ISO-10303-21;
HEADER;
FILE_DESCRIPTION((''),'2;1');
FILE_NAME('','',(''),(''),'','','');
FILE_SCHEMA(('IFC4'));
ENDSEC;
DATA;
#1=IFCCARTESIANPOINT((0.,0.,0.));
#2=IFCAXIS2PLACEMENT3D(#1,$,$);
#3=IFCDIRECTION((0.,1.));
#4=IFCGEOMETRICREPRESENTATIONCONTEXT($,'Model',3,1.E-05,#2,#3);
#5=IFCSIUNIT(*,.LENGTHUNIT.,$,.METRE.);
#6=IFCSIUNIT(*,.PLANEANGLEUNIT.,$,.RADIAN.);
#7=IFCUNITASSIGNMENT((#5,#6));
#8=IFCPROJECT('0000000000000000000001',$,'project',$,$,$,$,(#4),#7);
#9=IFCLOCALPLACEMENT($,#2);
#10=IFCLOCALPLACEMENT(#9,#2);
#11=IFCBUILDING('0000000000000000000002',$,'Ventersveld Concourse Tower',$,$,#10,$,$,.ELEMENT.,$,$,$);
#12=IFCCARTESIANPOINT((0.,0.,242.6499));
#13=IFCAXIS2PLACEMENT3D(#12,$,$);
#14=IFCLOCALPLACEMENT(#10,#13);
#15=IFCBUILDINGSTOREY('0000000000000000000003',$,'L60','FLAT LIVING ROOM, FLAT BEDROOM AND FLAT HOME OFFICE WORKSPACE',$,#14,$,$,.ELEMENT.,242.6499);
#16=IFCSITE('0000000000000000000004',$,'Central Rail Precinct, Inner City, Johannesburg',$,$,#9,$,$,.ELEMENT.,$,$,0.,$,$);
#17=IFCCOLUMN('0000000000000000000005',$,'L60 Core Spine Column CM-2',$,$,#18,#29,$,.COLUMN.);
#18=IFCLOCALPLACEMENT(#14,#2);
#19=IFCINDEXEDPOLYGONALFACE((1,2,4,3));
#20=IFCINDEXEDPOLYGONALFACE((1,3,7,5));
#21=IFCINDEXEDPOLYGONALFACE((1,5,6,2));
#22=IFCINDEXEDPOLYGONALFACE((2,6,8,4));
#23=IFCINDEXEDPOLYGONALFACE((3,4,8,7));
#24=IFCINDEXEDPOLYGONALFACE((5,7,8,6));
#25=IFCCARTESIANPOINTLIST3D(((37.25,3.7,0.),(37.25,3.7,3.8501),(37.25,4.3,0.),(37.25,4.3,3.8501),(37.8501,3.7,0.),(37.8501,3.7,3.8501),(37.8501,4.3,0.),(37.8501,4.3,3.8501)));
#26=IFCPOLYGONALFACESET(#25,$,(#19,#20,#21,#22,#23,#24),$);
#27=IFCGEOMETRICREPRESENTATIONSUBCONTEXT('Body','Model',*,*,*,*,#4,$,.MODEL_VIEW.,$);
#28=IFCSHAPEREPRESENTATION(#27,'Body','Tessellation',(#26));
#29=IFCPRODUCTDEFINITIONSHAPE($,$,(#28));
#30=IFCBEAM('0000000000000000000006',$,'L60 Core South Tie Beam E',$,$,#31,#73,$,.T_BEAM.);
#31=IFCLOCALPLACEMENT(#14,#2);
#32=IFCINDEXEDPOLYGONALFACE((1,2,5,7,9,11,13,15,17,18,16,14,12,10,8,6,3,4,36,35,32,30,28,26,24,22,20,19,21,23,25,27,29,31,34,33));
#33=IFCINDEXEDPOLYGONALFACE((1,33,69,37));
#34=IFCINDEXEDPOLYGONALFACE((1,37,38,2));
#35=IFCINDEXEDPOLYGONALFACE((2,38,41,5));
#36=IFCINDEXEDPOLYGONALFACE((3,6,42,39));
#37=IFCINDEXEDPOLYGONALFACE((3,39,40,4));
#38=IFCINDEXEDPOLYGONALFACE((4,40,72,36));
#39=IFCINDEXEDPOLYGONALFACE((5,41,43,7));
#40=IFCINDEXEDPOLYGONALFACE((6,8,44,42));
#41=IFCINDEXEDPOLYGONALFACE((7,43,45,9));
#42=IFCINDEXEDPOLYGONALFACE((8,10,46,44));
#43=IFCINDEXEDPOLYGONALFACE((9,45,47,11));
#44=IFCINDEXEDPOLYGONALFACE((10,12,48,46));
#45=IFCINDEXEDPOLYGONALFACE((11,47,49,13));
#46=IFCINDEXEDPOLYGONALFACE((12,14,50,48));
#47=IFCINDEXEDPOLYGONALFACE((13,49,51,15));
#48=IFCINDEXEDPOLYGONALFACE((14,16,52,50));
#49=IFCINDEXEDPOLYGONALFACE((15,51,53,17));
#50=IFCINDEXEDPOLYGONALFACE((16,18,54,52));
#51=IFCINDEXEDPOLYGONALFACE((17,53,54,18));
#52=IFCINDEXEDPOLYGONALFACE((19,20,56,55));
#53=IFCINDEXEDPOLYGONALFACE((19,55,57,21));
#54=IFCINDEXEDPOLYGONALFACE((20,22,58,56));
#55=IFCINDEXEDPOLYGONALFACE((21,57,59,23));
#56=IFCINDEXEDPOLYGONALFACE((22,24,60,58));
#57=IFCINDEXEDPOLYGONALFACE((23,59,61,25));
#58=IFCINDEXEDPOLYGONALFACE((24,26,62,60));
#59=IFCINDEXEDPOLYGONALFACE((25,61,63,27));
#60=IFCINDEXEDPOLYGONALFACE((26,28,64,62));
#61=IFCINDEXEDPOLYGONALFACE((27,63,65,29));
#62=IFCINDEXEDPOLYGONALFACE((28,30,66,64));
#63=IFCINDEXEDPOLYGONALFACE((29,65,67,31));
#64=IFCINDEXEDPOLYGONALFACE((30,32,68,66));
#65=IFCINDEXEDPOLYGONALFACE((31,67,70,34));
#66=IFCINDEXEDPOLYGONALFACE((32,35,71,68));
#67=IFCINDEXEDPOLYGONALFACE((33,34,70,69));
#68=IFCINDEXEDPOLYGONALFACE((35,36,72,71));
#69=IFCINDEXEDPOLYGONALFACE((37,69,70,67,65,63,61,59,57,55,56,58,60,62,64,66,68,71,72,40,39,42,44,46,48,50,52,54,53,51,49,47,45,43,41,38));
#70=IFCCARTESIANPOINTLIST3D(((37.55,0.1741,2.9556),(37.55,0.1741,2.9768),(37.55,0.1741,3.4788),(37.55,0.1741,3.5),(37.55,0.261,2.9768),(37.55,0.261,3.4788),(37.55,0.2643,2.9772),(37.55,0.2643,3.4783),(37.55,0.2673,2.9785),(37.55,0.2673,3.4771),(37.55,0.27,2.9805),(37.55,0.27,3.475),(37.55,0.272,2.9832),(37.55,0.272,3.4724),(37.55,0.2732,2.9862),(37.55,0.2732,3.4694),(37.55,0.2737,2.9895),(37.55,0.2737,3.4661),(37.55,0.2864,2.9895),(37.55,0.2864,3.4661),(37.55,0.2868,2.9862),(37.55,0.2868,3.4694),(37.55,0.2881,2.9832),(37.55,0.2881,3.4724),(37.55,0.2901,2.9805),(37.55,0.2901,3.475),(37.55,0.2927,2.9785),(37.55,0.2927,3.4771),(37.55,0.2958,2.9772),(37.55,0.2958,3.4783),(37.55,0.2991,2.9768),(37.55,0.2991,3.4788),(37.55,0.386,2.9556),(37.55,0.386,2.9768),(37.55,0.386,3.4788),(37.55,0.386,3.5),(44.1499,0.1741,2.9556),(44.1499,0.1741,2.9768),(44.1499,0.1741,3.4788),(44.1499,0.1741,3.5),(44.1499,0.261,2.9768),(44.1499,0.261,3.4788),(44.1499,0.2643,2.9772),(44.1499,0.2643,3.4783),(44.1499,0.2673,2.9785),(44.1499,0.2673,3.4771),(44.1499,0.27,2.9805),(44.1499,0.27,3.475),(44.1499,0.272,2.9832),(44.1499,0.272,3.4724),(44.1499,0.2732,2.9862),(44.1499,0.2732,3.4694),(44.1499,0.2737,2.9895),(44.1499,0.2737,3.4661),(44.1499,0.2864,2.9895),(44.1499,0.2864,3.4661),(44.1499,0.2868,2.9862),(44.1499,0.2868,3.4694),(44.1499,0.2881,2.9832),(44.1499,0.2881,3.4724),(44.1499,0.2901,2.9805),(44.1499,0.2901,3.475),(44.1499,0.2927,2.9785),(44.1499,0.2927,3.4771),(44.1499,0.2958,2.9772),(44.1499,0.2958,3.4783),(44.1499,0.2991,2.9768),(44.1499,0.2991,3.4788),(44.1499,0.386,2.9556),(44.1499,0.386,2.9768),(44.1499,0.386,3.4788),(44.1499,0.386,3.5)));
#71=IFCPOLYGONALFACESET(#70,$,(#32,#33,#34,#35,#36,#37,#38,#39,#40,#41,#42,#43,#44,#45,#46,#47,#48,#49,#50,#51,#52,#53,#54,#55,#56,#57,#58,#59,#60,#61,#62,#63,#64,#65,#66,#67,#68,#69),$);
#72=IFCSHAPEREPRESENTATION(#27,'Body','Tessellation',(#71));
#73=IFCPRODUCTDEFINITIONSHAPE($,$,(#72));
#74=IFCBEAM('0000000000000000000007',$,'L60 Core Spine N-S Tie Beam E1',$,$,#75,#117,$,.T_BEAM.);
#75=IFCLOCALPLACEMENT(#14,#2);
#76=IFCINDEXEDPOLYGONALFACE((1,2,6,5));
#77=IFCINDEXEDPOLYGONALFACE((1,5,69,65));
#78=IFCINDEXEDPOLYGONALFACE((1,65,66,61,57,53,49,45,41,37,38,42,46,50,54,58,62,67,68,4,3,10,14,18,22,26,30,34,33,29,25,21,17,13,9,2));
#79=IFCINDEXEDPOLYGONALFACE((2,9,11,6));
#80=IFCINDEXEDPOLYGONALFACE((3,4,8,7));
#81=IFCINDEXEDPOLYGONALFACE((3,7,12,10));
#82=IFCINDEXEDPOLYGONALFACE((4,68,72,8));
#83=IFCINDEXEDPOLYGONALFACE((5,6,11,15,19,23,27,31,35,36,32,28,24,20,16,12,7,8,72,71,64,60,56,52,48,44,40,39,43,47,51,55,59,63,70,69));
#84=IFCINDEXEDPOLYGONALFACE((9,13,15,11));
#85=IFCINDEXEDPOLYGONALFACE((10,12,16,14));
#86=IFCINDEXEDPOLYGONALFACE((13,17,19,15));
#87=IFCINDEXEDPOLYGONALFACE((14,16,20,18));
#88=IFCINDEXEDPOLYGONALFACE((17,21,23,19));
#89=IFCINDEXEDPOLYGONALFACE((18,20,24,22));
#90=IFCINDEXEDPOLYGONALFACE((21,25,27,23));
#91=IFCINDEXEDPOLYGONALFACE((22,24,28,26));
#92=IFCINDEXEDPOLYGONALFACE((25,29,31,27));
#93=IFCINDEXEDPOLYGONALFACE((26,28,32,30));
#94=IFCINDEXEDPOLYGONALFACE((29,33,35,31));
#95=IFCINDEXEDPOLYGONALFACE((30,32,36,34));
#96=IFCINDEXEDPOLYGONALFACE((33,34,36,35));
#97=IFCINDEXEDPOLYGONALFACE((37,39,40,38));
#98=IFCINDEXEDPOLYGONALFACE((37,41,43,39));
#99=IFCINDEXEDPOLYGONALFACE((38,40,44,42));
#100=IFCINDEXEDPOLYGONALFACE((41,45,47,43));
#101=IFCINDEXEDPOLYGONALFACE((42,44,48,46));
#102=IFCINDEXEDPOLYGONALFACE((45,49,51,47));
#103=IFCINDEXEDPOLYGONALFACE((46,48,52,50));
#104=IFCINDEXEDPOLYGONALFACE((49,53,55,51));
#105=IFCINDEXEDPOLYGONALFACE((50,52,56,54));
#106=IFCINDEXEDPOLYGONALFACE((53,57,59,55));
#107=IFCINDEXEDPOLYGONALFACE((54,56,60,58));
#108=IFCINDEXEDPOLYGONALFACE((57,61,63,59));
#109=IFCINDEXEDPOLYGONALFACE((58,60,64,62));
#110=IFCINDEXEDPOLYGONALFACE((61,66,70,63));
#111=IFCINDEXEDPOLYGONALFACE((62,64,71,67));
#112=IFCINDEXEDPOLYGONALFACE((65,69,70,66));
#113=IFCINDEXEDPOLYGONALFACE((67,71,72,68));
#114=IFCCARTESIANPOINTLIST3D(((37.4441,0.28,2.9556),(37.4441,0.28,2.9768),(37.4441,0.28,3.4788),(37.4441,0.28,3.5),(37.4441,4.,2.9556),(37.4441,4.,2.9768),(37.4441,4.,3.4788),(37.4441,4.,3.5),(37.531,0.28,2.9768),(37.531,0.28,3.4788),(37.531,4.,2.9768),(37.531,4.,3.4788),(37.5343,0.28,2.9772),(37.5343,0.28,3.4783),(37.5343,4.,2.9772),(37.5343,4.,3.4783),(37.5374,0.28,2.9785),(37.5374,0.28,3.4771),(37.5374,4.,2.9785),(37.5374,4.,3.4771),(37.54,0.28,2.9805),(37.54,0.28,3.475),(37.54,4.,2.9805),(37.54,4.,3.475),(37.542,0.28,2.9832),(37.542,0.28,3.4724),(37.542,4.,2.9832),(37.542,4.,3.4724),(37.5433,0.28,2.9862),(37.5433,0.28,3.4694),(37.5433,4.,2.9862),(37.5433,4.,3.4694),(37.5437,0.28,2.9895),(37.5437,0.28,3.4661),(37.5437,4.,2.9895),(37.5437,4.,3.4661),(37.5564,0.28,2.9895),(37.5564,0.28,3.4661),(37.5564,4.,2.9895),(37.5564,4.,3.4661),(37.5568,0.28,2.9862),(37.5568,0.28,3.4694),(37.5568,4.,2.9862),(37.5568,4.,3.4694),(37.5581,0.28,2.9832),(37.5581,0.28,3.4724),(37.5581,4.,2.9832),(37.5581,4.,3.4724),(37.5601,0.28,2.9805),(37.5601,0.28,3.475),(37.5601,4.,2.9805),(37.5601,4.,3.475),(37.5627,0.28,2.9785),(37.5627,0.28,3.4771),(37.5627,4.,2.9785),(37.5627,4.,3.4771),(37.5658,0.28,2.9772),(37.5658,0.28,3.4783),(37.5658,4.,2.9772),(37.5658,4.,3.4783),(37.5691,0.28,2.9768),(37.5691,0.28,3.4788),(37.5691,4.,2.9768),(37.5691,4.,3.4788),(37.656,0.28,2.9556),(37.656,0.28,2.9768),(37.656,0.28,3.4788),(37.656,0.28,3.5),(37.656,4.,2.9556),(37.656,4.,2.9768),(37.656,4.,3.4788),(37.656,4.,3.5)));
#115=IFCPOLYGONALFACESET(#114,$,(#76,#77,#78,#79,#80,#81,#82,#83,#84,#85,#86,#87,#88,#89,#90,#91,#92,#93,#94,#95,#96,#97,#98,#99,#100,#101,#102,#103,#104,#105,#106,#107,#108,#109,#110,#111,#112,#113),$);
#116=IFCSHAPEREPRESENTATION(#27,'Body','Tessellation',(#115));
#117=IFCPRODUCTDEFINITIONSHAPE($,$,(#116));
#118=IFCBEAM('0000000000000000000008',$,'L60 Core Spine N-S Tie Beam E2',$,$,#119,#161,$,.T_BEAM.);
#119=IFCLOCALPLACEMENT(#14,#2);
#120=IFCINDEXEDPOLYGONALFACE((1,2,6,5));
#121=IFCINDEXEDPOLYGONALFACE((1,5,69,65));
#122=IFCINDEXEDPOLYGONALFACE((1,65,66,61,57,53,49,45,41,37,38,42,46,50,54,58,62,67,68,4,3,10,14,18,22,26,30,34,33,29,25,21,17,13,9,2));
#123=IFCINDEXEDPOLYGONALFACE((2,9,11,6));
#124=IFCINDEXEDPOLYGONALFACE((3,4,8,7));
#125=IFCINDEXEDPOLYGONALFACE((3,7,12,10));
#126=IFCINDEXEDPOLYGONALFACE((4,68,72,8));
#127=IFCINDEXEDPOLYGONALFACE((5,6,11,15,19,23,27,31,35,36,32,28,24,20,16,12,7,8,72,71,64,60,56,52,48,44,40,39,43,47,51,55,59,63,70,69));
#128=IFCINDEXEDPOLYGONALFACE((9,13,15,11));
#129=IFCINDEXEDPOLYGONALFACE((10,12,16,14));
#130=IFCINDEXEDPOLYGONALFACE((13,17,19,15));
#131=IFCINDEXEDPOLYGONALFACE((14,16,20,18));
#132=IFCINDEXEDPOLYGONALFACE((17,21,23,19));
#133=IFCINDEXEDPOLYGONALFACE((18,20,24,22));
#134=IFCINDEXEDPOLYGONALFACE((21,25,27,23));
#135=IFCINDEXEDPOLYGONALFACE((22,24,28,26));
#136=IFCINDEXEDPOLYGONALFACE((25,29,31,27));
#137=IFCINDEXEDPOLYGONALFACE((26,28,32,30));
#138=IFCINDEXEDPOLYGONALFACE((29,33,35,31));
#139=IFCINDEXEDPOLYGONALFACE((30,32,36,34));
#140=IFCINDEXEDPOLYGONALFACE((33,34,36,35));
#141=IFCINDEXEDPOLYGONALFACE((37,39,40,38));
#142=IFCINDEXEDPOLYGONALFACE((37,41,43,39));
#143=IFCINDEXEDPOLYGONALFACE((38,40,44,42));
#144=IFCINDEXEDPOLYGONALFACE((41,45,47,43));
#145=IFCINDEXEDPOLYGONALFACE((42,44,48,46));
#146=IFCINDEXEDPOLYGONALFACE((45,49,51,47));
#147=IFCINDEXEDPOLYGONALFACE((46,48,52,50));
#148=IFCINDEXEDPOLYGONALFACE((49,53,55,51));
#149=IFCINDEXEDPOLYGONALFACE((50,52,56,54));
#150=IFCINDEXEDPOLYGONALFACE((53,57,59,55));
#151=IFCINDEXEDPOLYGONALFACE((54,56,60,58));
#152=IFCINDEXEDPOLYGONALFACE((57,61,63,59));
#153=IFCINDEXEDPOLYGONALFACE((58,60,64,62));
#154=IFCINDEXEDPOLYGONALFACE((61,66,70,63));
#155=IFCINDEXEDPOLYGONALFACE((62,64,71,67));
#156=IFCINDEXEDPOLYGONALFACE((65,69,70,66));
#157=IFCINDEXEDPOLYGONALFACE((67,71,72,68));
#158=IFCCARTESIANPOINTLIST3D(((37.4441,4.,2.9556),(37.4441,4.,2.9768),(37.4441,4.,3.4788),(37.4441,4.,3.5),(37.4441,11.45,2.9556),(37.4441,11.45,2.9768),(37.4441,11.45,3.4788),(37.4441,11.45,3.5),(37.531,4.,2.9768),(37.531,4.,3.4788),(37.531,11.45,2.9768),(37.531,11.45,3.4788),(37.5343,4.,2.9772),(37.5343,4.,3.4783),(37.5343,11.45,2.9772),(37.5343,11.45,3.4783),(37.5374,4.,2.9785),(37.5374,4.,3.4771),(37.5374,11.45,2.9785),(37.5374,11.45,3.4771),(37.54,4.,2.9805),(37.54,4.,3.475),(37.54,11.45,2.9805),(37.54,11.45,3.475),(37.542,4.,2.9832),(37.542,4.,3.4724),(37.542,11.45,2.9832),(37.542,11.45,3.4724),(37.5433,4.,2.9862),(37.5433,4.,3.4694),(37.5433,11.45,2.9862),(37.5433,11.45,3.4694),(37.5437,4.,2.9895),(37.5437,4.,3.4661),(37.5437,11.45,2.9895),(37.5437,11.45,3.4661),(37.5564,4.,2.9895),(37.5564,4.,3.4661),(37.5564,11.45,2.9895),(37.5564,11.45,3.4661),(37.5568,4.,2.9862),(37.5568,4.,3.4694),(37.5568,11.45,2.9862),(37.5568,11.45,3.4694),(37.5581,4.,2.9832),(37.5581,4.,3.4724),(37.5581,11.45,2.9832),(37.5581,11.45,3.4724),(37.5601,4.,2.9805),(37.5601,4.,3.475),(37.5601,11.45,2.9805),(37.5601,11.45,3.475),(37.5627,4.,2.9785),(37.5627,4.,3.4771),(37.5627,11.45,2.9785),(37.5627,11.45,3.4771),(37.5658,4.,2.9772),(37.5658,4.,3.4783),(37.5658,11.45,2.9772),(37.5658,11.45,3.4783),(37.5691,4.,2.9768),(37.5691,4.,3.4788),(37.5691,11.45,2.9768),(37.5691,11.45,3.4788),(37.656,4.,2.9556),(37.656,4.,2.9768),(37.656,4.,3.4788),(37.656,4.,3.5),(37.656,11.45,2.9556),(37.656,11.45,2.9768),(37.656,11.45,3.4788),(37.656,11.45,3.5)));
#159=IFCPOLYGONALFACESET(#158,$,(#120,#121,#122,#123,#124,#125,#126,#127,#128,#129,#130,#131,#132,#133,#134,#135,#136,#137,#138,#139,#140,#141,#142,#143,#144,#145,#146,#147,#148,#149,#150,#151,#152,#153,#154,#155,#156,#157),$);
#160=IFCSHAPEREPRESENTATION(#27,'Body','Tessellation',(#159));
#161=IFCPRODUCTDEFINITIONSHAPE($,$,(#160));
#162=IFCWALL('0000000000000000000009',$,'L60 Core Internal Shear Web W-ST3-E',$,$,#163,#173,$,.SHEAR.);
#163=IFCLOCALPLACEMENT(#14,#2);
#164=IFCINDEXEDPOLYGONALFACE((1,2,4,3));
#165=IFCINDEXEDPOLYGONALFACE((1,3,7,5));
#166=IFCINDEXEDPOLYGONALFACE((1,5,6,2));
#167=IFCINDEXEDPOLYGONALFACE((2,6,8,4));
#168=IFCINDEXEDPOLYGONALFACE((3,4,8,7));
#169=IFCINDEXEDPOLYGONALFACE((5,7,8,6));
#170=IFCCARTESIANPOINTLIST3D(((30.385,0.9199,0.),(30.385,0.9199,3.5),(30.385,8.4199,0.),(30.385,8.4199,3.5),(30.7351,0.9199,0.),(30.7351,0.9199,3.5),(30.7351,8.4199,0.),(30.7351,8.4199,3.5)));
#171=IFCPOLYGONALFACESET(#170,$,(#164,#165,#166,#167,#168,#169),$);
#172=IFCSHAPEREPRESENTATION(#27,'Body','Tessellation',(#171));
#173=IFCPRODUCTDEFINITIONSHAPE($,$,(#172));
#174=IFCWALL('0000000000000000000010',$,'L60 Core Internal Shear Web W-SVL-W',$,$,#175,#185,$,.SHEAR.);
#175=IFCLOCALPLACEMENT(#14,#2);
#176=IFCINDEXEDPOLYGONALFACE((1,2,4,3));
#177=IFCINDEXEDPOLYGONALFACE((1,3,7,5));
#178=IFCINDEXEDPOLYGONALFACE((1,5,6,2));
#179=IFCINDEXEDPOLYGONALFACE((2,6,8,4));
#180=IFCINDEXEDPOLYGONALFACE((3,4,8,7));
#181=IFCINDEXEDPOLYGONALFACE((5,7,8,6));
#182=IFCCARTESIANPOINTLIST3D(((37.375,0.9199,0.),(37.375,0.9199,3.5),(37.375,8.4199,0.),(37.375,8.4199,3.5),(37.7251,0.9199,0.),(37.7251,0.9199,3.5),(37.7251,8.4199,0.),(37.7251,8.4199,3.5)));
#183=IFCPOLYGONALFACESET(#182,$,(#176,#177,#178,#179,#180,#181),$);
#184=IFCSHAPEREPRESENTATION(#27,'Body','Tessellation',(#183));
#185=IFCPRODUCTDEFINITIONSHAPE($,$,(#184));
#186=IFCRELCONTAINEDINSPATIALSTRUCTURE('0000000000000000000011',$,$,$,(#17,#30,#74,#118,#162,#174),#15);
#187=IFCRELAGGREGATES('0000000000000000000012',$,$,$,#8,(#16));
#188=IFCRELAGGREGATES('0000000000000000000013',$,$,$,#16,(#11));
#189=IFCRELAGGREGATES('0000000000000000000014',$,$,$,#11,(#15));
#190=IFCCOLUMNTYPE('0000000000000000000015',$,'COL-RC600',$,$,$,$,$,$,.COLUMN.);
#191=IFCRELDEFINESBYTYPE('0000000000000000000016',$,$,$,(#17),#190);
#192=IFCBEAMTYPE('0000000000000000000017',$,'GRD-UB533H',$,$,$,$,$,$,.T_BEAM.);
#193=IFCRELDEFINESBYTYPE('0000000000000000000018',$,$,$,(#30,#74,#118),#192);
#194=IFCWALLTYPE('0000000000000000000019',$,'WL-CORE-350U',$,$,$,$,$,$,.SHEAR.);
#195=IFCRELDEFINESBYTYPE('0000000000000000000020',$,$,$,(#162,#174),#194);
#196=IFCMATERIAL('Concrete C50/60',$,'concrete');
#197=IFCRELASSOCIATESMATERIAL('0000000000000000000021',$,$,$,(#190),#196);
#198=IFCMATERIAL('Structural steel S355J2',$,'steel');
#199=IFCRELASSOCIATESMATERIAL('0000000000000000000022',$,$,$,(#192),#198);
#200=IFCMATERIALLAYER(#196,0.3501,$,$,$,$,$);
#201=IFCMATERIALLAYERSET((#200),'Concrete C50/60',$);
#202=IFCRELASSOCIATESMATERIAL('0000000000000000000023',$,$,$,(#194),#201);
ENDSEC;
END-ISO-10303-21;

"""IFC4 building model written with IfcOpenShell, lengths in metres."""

from ifc_helpers import new_model, si_unit, direction, frame, frame_2d, origin, origin_2d, place, context, subcontext, project, spatial, rectangle, i_section, extrude, material, layer, layer_set, material_profile, profile_set, type_object, element, save


model = new_model("IFC4")

# Units and contexts
model_context = context("Model", 3, precision=1e-05, world=origin(), true_north=direction((0.0, 1.0)))
body_context = subcontext(model_context, "Body", "Model", "MODEL_VIEW")
ifc_project = project(units=[si_unit("LENGTHUNIT", "METRE"), si_unit("PLANEANGLEUNIT", "RADIAN")], contexts=[model_context])

# Site, building, storey
site_placement = place(None, origin())
site = spatial("IfcSite", under=ifc_project, at=site_placement, Name="Central Rail Precinct, Inner City, Johannesburg", CompositionType="ELEMENT", RefElevation=0.0)
building_placement = place(site_placement, origin())
building = spatial("IfcBuilding", under=site, at=building_placement, Name="Ventersveld Concourse Tower", CompositionType="ELEMENT")
storey_placement = place(building_placement, frame((0.0, 0.0, 242.6499)))
storey = spatial("IfcBuildingStorey", under=building, at=storey_placement, Name="L60", Description="FLAT LIVING ROOM, FLAT BEDROOM AND FLAT HOME OFFICE WORKSPACE", CompositionType="ELEMENT", Elevation=242.6499)

# Column
ifc_material_1 = material(Name="Concrete C50/60", Category="concrete")
ifc_material_profile_1 = material_profile(ifc_material_1, rectangle(XDim=0.6001, YDim=0.6001, at=origin_2d()), Name="RC 600x600")
ifc_profile_set_1 = profile_set([ifc_material_profile_1], Name="Concrete C50/60")
column_type = type_object("IfcColumnType", Name="COL-RC600", PredefinedType="COLUMN", material=ifc_profile_set_1)
column_placement = place(storey_placement, frame((37.55, 4.0, 0.0), z_axis=(0.0, 0.0, 1.0), x_axis=(1.0, 0.0, 0.0)))
element("IfcColumn", 1, at=column_placement, inside=storey, type_object=column_type, Name="L60 Core Spine Column CM-2", PredefinedType="COLUMN", context=body_context, shape_type="SweptSolid", body=[
    extrude(rectangle(XDim=0.6001, YDim=0.6001, at=origin_2d()), origin(), (0.0, 0.0, 1.0), 3.8501),
])

# Beams
ifc_material_2 = material(Name="Structural steel S355J2", Category="steel")
ifc_material_profile_2 = material_profile(ifc_material_2, i_section(OverallWidth=0.2119, OverallDepth=0.5444, WebThickness=0.0127, FlangeThickness=0.0212, FilletRadius=0.0127, at=origin_2d()), Name="UB 533x210x122")
ifc_profile_set_2 = profile_set([ifc_material_profile_2], Name="Structural steel S355J2")
beam_type = type_object("IfcBeamType", Name="GRD-UB533H", PredefinedType="T_BEAM", material=ifc_profile_set_2)
beam_1_placement = place(storey_placement, frame((37.55, 0.28, 3.2278), z_axis=(1.0, 0.0, 0.0), x_axis=(0.0, 1.0, 0.0)))
element("IfcBeam", 2, at=beam_1_placement, inside=storey, type_object=beam_type, Name="L60 Core South Tie Beam E", PredefinedType="T_BEAM", context=body_context, shape_type="SweptSolid", body=[
    extrude(i_section(OverallWidth=0.2119, OverallDepth=0.5444, WebThickness=0.0127, FlangeThickness=0.0212, FilletRadius=0.0127, at=origin_2d()), origin(), (0.0, 0.0, 1.0), 6.5999),
])
beam_2_placement = place(storey_placement, frame((37.55, 0.28, 3.2278), z_axis=(0.0, 1.0, 0.0), x_axis=(-1.0, 0.0, 0.0)))
element("IfcBeam", 3, at=beam_2_placement, inside=storey, type_object=beam_type, Name="L60 Core Spine N-S Tie Beam E1", PredefinedType="T_BEAM", context=body_context, shape_type="SweptSolid", body=[
    extrude(i_section(OverallWidth=0.2119, OverallDepth=0.5444, WebThickness=0.0127, FlangeThickness=0.0212, FilletRadius=0.0127, at=origin_2d()), origin(), (0.0, 0.0, 1.0), 3.72),
])
beam_3_placement = place(storey_placement, frame((37.55, 4.0, 3.2278), z_axis=(0.0, 1.0, 0.0), x_axis=(-1.0, 0.0, 0.0)))
element("IfcBeam", 4, at=beam_3_placement, inside=storey, type_object=beam_type, Name="L60 Core Spine N-S Tie Beam E2", PredefinedType="T_BEAM", context=body_context, shape_type="SweptSolid", body=[
    extrude(i_section(OverallWidth=0.2119, OverallDepth=0.5444, WebThickness=0.0127, FlangeThickness=0.0212, FilletRadius=0.0127, at=origin_2d()), origin(), (0.0, 0.0, 1.0), 7.45),
])

# Walls
ifc_layer_1 = layer(ifc_material_1, 0.3501)
ifc_layer_set_1 = layer_set([ifc_layer_1], Name="Concrete C50/60")
wall_type_1 = type_object("IfcWallType", Name="WL-CORE-350U", PredefinedType="SHEAR", material=ifc_layer_set_1)
for number, where, z_axis, x_axis, name in (
    (5, (30.5601, 0.9199, 0.0), (0.0, 0.0, 1.0), (0.0, 1.0, 0.0), "L60 Core Internal Shear Web W-ST3-E"),
    (6, (37.55, 0.9199, 0.0), (0.0, 0.0, 1.0), (0.0, 1.0, 0.0), "L60 Core Internal Shear Web W-SVL-W"),
):
    element("IfcWall", number, at=place(storey_placement, frame(where, z_axis=z_axis, x_axis=x_axis)), inside=storey, type_object=wall_type_1, Name=name, PredefinedType="SHEAR", context=body_context, shape_type="SweptSolid", body=[
        extrude(rectangle(XDim=7.5, YDim=0.3501, at=frame_2d((3.75, 0.0))), origin(), (0.0, 0.0, 1.0), 3.5),
    ])

save(model, "model.ifc")
